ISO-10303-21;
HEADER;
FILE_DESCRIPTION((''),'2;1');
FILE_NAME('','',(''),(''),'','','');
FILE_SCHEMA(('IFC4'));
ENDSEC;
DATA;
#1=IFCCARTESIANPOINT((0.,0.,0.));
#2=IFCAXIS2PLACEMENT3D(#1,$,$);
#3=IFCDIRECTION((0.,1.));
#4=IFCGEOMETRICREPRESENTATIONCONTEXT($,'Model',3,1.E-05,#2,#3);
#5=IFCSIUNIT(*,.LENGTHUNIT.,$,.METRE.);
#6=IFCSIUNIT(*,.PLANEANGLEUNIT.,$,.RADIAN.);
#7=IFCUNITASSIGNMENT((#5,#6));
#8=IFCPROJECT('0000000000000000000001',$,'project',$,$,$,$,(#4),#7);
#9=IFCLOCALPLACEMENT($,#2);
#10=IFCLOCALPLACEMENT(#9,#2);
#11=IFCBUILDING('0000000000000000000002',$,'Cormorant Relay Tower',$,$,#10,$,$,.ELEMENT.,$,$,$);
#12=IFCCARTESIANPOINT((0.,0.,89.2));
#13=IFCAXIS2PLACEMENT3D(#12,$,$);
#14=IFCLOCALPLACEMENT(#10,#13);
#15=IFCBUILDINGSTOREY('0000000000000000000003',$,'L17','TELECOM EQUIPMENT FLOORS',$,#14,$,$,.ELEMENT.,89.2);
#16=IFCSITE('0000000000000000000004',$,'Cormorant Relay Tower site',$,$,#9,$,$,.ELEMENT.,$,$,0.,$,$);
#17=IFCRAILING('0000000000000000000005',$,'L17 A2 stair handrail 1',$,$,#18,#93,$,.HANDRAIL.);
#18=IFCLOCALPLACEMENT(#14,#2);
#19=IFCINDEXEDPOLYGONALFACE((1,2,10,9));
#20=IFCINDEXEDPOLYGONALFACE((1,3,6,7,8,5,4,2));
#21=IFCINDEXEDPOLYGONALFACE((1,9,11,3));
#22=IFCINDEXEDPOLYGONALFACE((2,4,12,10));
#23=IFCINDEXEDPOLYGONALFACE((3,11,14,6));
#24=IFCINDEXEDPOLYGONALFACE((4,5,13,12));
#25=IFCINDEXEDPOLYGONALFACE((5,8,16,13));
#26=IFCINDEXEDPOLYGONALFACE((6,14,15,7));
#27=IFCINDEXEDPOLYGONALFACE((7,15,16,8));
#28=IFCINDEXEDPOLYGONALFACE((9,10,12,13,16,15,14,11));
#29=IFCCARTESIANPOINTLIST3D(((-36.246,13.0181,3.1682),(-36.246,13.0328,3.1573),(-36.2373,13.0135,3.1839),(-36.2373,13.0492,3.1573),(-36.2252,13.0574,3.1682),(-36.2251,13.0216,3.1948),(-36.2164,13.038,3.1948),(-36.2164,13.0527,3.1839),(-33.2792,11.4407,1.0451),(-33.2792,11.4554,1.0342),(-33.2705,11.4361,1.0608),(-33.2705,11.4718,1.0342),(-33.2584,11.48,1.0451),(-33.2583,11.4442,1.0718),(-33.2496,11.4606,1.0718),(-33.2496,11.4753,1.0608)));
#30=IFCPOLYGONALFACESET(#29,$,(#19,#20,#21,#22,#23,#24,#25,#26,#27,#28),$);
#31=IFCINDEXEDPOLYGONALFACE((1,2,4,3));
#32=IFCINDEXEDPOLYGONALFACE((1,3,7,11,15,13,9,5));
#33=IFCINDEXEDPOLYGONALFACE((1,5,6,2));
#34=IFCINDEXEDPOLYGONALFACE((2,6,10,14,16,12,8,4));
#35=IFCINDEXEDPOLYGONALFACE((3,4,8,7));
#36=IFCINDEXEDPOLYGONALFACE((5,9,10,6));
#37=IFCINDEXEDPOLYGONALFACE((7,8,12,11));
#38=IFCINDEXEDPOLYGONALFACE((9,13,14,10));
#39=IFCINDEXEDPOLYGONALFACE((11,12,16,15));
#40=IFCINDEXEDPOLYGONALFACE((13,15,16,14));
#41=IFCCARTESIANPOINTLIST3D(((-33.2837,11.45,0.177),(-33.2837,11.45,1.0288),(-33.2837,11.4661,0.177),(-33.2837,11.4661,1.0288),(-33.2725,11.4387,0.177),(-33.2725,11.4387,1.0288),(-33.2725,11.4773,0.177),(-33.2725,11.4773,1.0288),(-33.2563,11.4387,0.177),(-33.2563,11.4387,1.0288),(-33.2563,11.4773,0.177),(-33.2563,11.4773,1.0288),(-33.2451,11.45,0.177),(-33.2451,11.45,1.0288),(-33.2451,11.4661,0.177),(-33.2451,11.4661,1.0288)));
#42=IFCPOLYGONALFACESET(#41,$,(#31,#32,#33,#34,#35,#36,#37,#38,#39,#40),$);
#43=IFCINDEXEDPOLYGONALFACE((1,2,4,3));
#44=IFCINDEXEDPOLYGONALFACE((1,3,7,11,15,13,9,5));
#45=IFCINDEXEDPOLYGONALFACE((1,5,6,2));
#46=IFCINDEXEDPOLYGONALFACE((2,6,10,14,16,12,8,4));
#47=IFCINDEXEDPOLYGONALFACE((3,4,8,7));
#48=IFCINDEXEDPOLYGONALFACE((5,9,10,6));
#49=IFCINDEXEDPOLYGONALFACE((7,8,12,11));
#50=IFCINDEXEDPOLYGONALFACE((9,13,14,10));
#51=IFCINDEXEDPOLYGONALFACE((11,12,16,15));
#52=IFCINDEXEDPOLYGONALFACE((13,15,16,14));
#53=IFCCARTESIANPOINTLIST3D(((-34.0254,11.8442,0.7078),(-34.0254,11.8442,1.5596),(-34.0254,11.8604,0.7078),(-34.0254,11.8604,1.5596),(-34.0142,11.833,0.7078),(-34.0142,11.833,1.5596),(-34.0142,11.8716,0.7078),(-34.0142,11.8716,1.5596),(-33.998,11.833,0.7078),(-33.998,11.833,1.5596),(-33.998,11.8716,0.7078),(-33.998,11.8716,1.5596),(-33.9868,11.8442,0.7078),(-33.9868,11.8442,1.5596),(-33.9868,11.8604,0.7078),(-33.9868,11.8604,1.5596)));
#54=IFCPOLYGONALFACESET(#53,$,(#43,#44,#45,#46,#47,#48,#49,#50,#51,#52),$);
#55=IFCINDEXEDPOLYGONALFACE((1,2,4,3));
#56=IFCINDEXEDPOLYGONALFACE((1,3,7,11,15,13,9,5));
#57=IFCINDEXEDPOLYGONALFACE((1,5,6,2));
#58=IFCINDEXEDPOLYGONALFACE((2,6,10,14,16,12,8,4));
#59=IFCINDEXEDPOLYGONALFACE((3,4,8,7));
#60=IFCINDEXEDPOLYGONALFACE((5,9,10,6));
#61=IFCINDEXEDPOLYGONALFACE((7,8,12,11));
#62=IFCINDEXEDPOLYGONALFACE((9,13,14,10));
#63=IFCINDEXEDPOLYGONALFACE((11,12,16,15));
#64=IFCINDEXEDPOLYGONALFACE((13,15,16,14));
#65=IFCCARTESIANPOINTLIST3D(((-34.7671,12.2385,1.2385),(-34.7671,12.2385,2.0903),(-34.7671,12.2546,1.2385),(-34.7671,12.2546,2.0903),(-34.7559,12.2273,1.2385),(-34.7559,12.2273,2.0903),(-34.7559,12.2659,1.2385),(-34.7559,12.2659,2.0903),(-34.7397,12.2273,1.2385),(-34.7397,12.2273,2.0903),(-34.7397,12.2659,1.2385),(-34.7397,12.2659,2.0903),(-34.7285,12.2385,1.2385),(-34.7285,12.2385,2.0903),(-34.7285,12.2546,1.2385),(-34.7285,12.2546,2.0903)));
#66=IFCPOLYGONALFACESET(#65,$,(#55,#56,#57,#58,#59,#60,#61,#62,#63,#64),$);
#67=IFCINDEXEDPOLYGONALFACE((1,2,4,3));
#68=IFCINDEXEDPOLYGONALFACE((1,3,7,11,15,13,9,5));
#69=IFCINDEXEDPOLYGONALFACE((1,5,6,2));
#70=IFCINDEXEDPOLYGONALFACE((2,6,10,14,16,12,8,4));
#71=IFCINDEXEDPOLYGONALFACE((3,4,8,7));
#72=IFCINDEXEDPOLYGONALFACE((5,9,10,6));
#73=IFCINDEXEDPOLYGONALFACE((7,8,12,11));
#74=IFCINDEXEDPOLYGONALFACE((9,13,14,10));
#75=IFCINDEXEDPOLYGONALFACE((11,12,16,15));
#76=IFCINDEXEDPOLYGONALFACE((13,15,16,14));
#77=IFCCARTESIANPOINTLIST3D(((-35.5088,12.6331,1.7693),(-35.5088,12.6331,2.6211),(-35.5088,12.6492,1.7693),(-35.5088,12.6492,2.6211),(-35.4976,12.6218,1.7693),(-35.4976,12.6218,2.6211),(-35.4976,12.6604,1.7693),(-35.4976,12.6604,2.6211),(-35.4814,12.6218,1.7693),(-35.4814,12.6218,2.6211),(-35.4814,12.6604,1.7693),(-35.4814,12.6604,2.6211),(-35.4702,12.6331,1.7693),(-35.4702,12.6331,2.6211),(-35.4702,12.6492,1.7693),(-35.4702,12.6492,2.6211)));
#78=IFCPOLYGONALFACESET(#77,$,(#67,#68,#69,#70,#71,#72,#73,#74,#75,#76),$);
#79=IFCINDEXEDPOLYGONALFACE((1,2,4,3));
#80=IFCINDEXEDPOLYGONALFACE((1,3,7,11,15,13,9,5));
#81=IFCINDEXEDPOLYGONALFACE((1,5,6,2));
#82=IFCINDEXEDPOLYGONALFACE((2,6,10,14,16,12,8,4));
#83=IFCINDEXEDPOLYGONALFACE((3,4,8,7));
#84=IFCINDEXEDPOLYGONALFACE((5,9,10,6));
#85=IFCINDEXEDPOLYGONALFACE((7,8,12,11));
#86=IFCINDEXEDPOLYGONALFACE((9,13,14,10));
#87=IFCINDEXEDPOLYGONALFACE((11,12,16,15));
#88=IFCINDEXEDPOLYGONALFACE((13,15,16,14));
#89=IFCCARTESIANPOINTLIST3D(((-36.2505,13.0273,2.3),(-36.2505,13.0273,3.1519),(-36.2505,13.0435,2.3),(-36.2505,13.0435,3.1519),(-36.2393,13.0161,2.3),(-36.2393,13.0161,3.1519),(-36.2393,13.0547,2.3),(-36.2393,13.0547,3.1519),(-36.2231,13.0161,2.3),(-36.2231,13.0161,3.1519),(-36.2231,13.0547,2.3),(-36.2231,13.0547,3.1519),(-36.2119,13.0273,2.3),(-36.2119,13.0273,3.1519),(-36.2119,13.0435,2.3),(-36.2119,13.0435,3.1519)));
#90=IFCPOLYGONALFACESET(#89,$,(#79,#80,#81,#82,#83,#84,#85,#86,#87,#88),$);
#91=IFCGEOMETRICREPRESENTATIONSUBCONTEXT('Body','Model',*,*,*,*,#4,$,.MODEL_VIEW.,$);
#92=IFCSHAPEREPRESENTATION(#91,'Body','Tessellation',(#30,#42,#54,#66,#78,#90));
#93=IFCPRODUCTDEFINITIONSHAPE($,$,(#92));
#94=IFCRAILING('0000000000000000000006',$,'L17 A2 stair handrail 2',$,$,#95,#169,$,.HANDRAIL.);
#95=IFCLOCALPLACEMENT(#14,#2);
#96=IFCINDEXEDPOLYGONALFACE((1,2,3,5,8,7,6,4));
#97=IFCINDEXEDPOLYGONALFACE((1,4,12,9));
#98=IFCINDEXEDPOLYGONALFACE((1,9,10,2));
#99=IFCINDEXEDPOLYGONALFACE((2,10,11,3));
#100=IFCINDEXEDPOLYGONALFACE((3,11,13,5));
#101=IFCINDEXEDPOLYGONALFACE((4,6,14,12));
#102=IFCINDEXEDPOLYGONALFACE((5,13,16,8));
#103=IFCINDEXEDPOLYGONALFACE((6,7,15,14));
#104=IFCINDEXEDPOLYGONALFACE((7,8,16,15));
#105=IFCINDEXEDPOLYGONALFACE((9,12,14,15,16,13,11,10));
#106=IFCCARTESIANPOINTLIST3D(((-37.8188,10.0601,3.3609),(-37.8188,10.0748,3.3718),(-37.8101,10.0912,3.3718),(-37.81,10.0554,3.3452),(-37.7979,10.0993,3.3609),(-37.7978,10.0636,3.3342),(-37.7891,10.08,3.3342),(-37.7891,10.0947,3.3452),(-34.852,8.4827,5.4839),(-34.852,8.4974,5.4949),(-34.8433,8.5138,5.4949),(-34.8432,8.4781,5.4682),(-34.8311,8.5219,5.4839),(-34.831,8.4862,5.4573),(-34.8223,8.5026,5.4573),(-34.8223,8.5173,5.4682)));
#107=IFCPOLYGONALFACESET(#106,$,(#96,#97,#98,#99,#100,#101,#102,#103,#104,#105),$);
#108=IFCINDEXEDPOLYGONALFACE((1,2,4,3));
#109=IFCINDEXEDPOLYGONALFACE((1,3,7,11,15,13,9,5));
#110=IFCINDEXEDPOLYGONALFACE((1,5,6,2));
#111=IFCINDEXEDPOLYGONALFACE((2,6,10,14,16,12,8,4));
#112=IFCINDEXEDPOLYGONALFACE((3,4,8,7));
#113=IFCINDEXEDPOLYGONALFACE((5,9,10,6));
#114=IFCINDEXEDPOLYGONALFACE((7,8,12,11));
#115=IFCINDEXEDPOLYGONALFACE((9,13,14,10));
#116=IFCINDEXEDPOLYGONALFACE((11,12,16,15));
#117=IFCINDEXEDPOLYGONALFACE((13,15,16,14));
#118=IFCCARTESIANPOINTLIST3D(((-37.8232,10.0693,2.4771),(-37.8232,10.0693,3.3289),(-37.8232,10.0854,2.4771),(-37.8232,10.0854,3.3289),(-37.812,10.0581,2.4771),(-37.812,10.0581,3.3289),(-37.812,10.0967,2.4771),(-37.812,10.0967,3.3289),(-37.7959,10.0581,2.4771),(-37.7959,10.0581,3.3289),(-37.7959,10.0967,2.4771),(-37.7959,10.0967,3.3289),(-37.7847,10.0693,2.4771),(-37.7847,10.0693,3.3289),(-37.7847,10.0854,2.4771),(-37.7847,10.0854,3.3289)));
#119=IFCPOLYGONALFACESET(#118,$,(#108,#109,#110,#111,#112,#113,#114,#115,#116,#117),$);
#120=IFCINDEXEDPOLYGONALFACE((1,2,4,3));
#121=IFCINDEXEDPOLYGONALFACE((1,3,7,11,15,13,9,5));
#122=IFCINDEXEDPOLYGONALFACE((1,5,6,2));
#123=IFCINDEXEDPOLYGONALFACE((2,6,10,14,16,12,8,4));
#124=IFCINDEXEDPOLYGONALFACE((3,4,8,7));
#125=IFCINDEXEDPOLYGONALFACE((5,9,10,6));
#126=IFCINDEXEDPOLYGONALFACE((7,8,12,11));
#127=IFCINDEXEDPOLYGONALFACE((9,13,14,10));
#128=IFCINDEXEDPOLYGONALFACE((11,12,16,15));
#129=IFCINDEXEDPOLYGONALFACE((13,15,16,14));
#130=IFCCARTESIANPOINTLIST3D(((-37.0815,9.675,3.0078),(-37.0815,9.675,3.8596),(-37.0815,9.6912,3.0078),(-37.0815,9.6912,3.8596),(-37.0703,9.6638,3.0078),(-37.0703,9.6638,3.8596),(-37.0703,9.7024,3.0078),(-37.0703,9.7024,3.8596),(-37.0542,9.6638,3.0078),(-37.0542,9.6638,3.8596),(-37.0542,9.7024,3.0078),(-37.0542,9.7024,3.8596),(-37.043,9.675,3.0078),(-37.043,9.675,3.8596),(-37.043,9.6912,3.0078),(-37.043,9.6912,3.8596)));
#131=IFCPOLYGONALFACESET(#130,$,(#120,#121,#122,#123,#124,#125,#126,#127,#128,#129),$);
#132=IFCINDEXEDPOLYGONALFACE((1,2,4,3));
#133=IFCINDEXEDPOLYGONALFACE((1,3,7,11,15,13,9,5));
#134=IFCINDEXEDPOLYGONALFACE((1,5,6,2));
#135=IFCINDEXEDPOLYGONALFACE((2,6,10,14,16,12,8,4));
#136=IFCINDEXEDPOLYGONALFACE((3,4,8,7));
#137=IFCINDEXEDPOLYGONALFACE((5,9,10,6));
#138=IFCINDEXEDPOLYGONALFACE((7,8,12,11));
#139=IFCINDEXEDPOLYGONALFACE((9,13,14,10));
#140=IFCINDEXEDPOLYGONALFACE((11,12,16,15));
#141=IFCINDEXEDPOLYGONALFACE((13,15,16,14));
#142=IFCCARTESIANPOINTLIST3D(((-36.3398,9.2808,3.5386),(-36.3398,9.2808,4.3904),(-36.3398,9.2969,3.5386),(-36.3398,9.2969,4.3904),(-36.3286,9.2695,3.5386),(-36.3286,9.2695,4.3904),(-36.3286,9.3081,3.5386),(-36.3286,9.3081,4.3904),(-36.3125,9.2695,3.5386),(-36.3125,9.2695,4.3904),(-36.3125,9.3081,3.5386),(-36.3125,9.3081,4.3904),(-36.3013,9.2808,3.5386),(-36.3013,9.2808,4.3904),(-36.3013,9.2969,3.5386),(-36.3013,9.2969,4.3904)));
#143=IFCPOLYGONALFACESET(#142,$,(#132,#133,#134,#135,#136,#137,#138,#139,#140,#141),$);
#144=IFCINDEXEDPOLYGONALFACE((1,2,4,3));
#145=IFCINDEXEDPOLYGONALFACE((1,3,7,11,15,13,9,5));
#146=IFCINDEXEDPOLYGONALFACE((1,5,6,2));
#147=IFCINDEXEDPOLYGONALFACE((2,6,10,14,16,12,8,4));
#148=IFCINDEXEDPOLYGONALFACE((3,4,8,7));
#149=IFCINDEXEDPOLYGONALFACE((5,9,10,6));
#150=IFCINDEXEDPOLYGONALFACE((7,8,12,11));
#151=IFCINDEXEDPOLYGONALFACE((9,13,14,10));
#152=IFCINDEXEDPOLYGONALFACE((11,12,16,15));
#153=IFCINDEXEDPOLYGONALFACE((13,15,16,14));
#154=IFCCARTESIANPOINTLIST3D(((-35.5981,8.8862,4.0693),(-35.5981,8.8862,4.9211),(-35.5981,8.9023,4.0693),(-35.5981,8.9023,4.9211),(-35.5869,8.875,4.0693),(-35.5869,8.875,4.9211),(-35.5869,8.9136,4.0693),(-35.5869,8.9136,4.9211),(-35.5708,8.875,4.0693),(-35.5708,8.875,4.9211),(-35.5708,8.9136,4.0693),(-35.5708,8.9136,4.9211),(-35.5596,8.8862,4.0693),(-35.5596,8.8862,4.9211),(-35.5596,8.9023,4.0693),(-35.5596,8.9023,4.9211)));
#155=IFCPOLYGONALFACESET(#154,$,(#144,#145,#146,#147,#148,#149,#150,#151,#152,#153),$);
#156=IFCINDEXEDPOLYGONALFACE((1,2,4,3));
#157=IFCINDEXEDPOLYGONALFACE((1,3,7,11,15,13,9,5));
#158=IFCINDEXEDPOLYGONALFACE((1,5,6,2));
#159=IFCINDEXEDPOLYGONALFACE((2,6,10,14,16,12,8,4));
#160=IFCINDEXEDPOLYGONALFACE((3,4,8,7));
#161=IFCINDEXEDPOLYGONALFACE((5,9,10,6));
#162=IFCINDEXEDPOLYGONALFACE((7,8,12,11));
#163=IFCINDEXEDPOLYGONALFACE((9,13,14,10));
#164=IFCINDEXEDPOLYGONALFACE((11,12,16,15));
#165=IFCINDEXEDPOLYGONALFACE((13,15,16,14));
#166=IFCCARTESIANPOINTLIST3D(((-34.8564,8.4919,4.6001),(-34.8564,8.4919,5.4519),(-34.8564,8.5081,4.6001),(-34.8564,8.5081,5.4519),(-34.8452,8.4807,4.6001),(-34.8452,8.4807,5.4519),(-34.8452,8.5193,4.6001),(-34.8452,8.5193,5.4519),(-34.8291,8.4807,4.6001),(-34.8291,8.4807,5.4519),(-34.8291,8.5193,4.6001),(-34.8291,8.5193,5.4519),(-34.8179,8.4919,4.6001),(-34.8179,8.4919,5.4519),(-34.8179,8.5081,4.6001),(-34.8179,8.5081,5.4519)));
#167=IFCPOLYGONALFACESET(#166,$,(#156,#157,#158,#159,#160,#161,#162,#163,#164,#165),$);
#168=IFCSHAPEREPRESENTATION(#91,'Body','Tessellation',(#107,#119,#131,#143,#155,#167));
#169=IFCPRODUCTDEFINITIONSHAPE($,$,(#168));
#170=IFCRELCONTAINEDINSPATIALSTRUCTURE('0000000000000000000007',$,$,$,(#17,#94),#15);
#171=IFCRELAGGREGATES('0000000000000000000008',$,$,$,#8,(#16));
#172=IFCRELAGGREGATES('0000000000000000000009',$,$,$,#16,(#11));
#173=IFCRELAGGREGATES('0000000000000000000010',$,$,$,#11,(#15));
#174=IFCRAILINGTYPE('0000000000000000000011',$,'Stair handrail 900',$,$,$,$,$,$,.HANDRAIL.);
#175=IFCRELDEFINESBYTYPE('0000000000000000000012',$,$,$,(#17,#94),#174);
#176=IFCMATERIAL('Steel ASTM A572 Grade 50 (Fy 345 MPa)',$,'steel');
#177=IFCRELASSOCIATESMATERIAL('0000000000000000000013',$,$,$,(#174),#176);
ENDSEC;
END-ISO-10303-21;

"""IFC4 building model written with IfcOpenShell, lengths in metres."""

from ifc_helpers import new_model, si_unit, direction, frame, origin, place, context, subcontext, project, spatial, polyline, outline, extrude, material, type_object, element, save


model = new_model("IFC4")

# Units and contexts
model_context = context("Model", 3, precision=1e-05, world=origin(), true_north=direction((0.0, 1.0)))
body_context = subcontext(model_context, "Body", "Model", "MODEL_VIEW")
ifc_project = project(units=[si_unit("LENGTHUNIT", "METRE"), si_unit("PLANEANGLEUNIT", "RADIAN")], contexts=[model_context])

# Site, building, storey
site_placement = place(None, origin())
site = spatial("IfcSite", under=ifc_project, at=site_placement, Name="Cormorant Relay Tower site", CompositionType="ELEMENT", RefElevation=0.0)
building_placement = place(site_placement, origin())
building = spatial("IfcBuilding", under=site, at=building_placement, Name="Cormorant Relay Tower", CompositionType="ELEMENT")
storey_placement = place(building_placement, frame((0.0, 0.0, 89.2)))
storey = spatial("IfcBuildingStorey", under=building, at=storey_placement, Name="L17", Description="TELECOM EQUIPMENT FLOORS", CompositionType="ELEMENT", Elevation=89.2)

# Railings
ifc_material_1 = material(Name="Steel ASTM A572 Grade 50 (Fy 345 MPa)", Category="steel")
railing_type_1 = type_object("IfcRailingType", Name="Stair handrail 900", PredefinedType="HANDRAIL", material=ifc_material_1)
railing_1_placement = place(storey_placement, frame((-33.2644, 11.458, 0.177)))
element("IfcRailing", 1, at=railing_1_placement, inside=storey, type_object=railing_type_1, Name="L17 A2 stair handrail 1", PredefinedType="HANDRAIL", context=body_context, shape_type="SweptSolid", body=[
    extrude(outline(polyline([(0.0222, 0.0093), (0.0093, 0.0222), (-0.0093, 0.0222), (-0.0222, 0.0093), (-0.0222, -0.0093), (-0.0093, -0.0222), (0.0093, -0.0222), (0.0222, -0.0093), (0.0222, 0.0093)])), frame((0.0, 0.0, 0.876), z_axis=(-0.746441, 0.396869, 0.534155), x_axis=(-0.469453, -0.882958, 0.0)), (0.0, 0.0, 1.0), 3.9746),
    extrude(outline(polyline([(0.0193, 0.0081), (0.0081, 0.0193), (-0.0081, 0.0193), (-0.0193, 0.0081), (-0.0193, -0.0081), (-0.0081, -0.0193), (0.0081, -0.0193), (0.0193, -0.0081), (0.0193, 0.0081)])), origin(), (0.0, 0.0, 1.0), 0.8518),
    extrude(outline(polyline([(0.0193, 0.0081), (0.0081, 0.0193), (-0.0081, 0.0193), (-0.0193, 0.0081), (-0.0193, -0.0081), (-0.0081, -0.0193), (0.0081, -0.0193), (0.0193, -0.0081), (0.0193, 0.0081)])), frame((-0.7417, 0.3943, 0.5308)), (0.0, 0.0, 1.0), 0.8518),
    extrude(outline(polyline([(0.0193, 0.0081), (0.0081, 0.0193), (-0.0081, 0.0193), (-0.0193, 0.0081), (-0.0193, -0.0081), (-0.0081, -0.0193), (0.0081, -0.0193), (0.0193, -0.0081), (0.0193, 0.0081)])), frame((-1.4834, 0.7886, 1.0615)), (0.0, 0.0, 1.0), 0.8518),
    extrude(outline(polyline([(0.0193, 0.0081), (0.0081, 0.0193), (-0.0081, 0.0193), (-0.0193, 0.0081), (-0.0193, -0.0081), (-0.0081, -0.0193), (0.0081, -0.0193), (0.0193, -0.0081), (0.0193, 0.0081)])), frame((-2.2251, 1.1831, 1.5923)), (0.0, 0.0, 1.0), 0.8518),
    extrude(outline(polyline([(0.0193, 0.0081), (0.0081, 0.0193), (-0.0081, 0.0193), (-0.0193, 0.0081), (-0.0193, -0.0081), (-0.0081, -0.0193), (0.0081, -0.0193), (0.0193, -0.0081), (0.0193, 0.0081)])), frame((-2.9668, 1.5774, 2.123)), (0.0, 0.0, 1.0), 0.8518),
])
railing_2_placement = place(storey_placement, frame((-37.804, 10.0774, 2.4771)))
element("IfcRailing", 2, at=railing_2_placement, inside=storey, type_object=railing_type_1, Name="L17 A2 stair handrail 2", PredefinedType="HANDRAIL", context=body_context, shape_type="SweptSolid", body=[
    extrude(outline(polyline([(0.0222, 0.0093), (0.0093, 0.0222), (-0.0093, 0.0222), (-0.0222, 0.0093), (-0.0222, -0.0093), (-0.0093, -0.0222), (0.0093, -0.0222), (0.0222, -0.0093), (0.0222, 0.0093)])), frame((0.0, 0.0, 0.876), z_axis=(0.746441, -0.396869, 0.534155), x_axis=(0.469453, 0.882958, 0.0)), (0.0, 0.0, 1.0), 3.9746),
    extrude(outline(polyline([(0.0193, 0.0081), (0.0081, 0.0193), (-0.0081, 0.0193), (-0.0193, 0.0081), (-0.0193, -0.0081), (-0.0081, -0.0193), (0.0081, -0.0193), (0.0193, -0.0081), (0.0193, 0.0081)])), origin(), (0.0, 0.0, 1.0), 0.8518),
    extrude(outline(polyline([(0.0193, 0.0081), (0.0081, 0.0193), (-0.0081, 0.0193), (-0.0193, 0.0081), (-0.0193, -0.0081), (-0.0081, -0.0193), (0.0081, -0.0193), (0.0193, -0.0081), (0.0193, 0.0081)])), frame((0.7417, -0.3943, 0.5308)), (0.0, 0.0, 1.0), 0.8518),
    extrude(outline(polyline([(0.0193, 0.0081), (0.0081, 0.0193), (-0.0081, 0.0193), (-0.0193, 0.0081), (-0.0193, -0.0081), (-0.0081, -0.0193), (0.0081, -0.0193), (0.0193, -0.0081), (0.0193, 0.0081)])), frame((1.4834, -0.7886, 1.0615)), (0.0, 0.0, 1.0), 0.8518),
    extrude(outline(polyline([(0.0193, 0.0081), (0.0081, 0.0193), (-0.0081, 0.0193), (-0.0193, 0.0081), (-0.0193, -0.0081), (-0.0081, -0.0193), (0.0081, -0.0193), (0.0193, -0.0081), (0.0193, 0.0081)])), frame((2.2251, -1.1831, 1.5923)), (0.0, 0.0, 1.0), 0.8518),
    extrude(outline(polyline([(0.0193, 0.0081), (0.0081, 0.0193), (-0.0081, 0.0193), (-0.0193, 0.0081), (-0.0193, -0.0081), (-0.0081, -0.0193), (0.0081, -0.0193), (0.0193, -0.0081), (0.0193, 0.0081)])), frame((2.9668, -1.5774, 2.123)), (0.0, 0.0, 1.0), 0.8518),
])

save(model, "model.ifc")
